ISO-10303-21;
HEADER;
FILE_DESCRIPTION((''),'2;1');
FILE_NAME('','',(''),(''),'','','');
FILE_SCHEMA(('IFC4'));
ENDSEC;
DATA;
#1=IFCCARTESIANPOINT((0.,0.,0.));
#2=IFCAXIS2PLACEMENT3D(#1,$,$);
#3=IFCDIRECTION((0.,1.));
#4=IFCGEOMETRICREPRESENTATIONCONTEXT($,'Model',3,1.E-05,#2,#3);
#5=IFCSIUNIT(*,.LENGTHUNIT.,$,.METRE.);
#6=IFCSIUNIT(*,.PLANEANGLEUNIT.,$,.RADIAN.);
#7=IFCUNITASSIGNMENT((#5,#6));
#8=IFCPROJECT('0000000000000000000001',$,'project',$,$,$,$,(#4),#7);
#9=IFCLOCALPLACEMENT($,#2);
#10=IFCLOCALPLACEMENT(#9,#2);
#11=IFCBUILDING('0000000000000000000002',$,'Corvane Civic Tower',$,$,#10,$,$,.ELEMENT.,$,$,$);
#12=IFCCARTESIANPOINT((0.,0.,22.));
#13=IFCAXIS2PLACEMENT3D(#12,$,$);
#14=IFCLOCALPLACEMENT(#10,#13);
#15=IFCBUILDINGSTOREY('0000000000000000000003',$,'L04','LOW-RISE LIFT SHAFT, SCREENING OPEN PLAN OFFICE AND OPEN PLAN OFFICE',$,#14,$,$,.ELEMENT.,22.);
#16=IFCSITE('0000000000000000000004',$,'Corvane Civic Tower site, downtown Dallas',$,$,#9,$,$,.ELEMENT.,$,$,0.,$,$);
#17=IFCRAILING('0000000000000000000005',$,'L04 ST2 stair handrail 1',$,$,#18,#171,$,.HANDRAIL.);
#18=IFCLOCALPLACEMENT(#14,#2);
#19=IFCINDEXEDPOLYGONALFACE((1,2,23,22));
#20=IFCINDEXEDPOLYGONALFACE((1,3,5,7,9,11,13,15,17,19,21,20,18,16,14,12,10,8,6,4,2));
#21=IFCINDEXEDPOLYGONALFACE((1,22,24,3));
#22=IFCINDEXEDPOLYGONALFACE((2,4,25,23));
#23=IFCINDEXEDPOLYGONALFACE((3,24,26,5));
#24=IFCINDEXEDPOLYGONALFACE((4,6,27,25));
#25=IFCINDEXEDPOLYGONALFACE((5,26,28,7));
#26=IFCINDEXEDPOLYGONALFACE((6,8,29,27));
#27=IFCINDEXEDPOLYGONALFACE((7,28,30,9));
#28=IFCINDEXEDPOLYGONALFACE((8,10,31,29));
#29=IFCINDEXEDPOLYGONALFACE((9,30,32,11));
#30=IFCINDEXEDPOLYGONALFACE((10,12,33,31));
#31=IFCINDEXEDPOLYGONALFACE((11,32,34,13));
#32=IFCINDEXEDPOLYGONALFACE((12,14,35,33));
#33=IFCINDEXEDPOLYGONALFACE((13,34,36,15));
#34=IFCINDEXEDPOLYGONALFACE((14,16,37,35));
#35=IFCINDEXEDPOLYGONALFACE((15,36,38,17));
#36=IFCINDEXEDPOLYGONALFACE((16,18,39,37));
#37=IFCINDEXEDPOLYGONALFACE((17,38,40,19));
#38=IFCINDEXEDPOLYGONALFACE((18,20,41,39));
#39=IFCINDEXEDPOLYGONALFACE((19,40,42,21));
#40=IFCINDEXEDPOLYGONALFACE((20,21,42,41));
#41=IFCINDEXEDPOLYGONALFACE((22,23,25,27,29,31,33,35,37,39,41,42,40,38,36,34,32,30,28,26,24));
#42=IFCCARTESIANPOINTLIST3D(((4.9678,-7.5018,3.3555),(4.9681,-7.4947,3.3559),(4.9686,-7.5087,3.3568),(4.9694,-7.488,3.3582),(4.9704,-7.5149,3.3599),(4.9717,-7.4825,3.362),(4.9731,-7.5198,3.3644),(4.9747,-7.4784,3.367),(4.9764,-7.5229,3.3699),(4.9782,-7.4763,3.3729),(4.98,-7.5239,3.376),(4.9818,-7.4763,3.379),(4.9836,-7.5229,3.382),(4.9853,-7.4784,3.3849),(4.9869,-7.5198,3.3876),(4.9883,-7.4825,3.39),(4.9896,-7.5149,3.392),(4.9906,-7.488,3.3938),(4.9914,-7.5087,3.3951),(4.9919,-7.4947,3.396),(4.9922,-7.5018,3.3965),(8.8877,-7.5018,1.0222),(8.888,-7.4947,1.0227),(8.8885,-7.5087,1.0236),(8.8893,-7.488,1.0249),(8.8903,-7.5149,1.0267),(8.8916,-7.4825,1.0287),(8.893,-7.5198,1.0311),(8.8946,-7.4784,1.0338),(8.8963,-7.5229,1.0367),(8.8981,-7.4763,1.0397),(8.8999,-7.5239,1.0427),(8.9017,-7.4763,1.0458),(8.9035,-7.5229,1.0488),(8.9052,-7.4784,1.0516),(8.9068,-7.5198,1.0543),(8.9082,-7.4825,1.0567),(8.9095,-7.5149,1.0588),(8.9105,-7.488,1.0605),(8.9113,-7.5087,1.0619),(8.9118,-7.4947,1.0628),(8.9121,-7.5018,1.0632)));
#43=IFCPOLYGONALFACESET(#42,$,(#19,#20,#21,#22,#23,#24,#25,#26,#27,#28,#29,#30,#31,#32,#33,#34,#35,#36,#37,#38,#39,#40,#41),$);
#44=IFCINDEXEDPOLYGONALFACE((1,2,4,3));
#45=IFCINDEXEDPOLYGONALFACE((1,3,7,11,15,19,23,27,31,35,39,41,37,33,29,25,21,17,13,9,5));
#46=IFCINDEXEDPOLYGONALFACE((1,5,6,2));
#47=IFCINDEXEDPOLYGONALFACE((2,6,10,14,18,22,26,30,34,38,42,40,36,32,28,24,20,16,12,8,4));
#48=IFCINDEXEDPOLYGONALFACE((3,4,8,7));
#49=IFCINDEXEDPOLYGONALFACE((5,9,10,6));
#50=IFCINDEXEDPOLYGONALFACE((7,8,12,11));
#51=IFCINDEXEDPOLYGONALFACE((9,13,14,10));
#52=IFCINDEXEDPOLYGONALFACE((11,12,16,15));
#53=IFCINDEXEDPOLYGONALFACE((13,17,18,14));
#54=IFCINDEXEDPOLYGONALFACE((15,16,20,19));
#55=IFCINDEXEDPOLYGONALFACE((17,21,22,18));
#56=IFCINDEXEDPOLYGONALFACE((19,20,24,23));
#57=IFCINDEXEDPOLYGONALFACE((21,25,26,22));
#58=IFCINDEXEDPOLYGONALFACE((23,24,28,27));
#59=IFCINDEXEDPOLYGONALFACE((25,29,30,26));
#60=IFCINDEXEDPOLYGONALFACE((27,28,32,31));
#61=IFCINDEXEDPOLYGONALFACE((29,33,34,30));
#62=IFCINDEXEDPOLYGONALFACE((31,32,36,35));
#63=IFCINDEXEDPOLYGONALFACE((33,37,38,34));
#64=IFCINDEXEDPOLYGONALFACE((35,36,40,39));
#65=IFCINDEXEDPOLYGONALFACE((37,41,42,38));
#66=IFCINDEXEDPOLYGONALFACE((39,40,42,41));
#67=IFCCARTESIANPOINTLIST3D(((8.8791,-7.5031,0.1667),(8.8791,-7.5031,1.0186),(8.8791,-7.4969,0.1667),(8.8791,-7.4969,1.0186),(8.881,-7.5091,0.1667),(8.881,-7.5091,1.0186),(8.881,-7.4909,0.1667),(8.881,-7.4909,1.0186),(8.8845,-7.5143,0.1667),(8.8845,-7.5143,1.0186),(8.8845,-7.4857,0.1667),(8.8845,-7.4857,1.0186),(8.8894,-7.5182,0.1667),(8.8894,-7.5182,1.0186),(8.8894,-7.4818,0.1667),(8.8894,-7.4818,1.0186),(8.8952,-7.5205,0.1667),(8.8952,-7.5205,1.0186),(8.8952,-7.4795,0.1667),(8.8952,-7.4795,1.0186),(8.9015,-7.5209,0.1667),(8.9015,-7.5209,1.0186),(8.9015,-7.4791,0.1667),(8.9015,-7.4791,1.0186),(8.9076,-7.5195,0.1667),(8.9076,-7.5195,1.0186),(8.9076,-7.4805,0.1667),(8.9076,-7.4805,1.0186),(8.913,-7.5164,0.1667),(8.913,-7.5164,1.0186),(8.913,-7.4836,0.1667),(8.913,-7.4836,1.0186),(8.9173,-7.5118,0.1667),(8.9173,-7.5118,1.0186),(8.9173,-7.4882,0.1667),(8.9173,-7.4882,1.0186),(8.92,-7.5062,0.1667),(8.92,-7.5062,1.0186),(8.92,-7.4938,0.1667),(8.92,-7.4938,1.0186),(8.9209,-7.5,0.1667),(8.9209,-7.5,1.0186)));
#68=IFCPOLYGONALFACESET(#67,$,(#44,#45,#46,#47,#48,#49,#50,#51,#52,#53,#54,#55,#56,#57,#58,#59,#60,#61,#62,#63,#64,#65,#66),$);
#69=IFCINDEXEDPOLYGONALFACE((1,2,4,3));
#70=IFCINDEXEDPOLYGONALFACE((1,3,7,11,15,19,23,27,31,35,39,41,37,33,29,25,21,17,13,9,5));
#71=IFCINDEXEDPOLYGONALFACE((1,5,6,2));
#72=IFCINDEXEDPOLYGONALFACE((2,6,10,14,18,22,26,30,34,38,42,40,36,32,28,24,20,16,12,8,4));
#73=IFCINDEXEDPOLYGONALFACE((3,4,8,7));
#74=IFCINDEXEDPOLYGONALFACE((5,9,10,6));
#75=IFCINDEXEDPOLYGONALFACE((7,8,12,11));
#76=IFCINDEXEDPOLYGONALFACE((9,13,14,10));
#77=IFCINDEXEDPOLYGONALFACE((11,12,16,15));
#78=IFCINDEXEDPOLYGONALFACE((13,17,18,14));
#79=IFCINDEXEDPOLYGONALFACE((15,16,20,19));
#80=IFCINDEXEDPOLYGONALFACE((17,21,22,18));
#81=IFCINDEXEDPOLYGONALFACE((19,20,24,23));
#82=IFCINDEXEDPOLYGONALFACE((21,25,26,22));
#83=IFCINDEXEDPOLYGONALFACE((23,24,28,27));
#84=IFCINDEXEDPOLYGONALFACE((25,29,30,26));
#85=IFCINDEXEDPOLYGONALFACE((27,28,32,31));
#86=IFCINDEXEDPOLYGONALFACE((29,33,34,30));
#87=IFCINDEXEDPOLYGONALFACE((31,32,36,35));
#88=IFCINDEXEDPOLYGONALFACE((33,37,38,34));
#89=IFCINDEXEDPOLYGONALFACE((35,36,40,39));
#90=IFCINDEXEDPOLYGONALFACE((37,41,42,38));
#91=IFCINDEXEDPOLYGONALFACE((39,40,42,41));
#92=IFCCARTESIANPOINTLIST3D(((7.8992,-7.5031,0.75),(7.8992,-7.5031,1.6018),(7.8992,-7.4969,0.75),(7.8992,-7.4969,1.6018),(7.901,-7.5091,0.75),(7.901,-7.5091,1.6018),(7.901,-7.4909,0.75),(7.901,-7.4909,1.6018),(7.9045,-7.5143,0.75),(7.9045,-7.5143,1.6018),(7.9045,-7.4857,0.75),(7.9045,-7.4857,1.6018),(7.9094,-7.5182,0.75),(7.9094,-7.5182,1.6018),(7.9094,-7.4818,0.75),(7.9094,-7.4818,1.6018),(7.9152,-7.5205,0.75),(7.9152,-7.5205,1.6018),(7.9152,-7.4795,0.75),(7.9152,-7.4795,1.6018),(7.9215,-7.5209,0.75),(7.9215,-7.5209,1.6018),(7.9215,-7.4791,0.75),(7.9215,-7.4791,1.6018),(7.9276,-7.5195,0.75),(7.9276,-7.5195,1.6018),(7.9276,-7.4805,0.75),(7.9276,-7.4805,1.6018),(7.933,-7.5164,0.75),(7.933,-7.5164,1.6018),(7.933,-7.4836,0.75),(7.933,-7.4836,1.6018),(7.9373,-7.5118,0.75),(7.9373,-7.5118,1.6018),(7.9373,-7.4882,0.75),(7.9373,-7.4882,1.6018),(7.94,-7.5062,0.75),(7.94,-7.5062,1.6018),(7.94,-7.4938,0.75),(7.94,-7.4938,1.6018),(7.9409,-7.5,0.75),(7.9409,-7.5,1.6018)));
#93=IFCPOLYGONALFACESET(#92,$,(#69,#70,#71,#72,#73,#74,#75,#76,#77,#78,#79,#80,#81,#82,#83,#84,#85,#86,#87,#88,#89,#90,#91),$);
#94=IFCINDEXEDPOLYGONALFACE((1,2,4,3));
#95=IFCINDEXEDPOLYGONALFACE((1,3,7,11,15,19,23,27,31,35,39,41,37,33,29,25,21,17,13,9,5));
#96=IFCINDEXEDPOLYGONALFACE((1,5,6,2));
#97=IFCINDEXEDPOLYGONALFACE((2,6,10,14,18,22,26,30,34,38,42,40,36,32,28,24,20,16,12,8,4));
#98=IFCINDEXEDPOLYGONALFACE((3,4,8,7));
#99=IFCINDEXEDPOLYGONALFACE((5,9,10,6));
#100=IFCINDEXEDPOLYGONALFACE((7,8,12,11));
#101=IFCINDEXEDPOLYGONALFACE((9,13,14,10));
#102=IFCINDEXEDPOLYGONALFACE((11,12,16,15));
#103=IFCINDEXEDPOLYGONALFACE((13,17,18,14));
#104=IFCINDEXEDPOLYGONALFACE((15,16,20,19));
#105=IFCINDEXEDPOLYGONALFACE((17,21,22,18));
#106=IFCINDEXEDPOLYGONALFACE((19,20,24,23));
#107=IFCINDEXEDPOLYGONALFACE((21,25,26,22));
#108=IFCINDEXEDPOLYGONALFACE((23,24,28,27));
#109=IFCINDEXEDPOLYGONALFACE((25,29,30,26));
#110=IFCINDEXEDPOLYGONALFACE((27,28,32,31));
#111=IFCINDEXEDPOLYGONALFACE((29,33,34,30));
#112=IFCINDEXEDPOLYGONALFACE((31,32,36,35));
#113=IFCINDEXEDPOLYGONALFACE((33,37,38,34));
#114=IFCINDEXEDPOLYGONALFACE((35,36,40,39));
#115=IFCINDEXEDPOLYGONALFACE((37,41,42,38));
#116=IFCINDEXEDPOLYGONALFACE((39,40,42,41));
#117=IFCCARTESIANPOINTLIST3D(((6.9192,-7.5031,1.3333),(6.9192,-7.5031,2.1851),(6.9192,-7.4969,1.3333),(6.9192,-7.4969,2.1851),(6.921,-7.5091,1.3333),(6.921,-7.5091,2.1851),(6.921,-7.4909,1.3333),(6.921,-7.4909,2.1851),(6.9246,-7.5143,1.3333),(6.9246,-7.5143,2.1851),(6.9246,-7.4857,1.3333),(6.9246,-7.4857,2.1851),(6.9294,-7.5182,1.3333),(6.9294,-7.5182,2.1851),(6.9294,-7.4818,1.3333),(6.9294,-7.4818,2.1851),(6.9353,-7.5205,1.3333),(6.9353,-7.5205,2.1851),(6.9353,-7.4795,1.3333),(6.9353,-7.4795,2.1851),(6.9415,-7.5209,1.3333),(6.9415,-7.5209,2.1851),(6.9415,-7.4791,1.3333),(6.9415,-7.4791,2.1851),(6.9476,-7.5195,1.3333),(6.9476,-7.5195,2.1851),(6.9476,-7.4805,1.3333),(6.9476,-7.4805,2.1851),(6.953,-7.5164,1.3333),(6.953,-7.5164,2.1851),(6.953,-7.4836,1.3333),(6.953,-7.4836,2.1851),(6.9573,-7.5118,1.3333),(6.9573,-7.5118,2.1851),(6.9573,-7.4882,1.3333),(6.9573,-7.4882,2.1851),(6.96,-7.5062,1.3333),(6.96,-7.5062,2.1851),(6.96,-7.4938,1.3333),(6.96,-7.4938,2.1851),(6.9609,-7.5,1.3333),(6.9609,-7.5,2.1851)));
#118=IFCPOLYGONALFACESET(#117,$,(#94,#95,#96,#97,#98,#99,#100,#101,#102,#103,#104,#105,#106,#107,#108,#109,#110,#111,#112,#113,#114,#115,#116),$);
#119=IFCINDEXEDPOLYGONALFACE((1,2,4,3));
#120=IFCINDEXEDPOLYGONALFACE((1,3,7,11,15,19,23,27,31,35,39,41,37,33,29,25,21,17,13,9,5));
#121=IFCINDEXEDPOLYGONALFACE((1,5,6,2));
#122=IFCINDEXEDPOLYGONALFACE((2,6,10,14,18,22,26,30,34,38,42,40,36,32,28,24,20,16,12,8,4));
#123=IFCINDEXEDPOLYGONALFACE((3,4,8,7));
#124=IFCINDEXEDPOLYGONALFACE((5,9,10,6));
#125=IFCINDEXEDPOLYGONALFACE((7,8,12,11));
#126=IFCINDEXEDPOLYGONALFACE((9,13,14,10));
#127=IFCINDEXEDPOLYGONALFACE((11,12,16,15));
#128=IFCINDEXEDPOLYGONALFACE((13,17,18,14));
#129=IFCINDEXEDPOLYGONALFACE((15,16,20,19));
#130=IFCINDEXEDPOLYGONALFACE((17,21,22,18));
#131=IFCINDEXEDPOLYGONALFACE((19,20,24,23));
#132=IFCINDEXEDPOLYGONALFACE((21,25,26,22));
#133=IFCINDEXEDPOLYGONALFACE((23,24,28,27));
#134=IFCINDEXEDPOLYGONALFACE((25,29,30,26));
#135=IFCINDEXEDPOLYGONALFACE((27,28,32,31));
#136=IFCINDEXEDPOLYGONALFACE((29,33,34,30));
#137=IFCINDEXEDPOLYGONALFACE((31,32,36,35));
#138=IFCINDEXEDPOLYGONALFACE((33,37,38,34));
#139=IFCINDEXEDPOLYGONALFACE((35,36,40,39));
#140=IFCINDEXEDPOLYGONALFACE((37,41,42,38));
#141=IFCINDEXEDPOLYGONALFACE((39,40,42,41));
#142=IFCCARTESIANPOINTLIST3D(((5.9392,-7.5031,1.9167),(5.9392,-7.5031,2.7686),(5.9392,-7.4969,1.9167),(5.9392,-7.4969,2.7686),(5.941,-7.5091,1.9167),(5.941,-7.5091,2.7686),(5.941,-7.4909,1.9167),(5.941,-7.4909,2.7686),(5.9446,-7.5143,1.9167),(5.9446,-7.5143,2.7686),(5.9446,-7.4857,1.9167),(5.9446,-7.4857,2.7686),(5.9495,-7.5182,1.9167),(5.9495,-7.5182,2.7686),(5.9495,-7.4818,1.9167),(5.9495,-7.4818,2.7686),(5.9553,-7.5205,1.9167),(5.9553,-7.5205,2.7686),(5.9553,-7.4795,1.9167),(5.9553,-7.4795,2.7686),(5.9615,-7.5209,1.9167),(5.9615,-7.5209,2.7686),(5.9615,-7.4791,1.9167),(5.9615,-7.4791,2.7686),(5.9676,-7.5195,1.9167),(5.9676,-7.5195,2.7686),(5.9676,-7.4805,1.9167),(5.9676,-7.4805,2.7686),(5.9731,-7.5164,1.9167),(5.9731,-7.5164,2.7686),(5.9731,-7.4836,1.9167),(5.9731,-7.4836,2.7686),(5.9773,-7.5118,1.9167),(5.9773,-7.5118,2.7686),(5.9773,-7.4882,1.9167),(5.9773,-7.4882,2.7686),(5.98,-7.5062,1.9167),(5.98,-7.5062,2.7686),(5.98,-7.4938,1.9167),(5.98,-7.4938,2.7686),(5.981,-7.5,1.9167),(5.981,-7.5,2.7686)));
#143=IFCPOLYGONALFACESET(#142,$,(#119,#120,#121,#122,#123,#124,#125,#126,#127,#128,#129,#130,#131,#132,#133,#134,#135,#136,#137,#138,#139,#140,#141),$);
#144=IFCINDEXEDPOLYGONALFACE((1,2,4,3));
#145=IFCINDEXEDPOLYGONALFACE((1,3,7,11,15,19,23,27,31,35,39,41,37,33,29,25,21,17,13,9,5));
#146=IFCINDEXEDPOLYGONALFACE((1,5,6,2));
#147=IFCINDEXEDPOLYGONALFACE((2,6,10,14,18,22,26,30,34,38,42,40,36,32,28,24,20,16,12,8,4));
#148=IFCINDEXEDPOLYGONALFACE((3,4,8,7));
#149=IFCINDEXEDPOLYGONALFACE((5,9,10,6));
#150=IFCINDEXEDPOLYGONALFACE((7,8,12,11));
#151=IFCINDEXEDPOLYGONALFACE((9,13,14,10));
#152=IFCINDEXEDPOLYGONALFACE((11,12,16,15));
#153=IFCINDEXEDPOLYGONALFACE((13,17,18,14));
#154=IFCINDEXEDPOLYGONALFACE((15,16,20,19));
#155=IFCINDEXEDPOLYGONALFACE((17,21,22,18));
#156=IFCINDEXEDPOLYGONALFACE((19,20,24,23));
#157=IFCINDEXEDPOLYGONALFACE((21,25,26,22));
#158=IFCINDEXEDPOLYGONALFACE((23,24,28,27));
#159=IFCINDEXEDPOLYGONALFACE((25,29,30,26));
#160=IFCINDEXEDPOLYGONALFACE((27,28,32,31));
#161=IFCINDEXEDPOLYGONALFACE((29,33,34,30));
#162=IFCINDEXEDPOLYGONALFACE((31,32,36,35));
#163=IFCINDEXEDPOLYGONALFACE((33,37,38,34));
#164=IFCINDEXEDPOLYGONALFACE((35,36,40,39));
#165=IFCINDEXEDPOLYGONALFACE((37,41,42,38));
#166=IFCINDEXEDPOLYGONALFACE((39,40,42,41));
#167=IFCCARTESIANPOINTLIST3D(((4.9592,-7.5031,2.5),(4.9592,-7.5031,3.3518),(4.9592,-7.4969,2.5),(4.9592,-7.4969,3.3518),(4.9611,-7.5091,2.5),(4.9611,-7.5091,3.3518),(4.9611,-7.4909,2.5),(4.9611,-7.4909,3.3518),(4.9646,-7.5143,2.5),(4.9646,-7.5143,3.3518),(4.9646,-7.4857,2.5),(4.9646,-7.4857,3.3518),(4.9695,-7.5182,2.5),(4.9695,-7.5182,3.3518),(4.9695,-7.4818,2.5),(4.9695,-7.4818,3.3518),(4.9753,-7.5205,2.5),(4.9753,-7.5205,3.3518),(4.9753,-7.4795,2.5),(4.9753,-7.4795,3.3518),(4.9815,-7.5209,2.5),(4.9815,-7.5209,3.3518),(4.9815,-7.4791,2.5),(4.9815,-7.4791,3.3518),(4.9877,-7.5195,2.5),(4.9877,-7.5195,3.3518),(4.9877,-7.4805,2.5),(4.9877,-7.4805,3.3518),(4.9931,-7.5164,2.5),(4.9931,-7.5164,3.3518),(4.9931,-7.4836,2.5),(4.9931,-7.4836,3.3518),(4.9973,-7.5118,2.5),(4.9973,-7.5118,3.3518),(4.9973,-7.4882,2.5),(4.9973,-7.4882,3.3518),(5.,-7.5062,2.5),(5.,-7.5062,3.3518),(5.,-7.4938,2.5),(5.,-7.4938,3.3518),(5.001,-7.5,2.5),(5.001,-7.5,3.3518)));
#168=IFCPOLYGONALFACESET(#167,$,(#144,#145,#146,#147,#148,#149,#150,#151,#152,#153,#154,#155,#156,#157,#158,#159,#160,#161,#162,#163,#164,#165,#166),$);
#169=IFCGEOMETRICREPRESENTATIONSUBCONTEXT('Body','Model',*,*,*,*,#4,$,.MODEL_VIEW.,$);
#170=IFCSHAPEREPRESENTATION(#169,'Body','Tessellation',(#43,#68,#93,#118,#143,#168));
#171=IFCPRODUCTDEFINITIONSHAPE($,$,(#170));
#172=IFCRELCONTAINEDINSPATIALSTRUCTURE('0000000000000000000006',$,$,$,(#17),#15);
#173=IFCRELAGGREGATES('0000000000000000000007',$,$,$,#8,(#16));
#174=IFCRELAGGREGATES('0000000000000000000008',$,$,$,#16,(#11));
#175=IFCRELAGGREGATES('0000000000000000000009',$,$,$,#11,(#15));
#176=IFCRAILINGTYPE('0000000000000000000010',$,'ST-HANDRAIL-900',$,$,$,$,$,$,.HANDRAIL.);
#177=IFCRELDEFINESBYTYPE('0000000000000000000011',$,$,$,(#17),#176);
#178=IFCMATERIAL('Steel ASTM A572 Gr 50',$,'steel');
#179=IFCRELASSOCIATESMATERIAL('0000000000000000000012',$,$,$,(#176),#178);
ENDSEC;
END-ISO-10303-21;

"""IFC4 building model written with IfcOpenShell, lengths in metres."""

from ifc_helpers import new_model, si_unit, direction, frame, origin, origin_2d, place, context, subcontext, project, spatial, circle, extrude, material, type_object, element, save


model = new_model("IFC4")

# Units and contexts
model_context = context("Model", 3, precision=1e-05, world=origin(), true_north=direction((0.0, 1.0)))
body_context = subcontext(model_context, "Body", "Model", "MODEL_VIEW")
ifc_project = project(units=[si_unit("LENGTHUNIT", "METRE"), si_unit("PLANEANGLEUNIT", "RADIAN")], contexts=[model_context])

# Site, building, storey
site_placement = place(None, origin())
site = spatial("IfcSite", under=ifc_project, at=site_placement, Name="Corvane Civic Tower site, downtown Dallas", CompositionType="ELEMENT", RefElevation=0.0)
building_placement = place(site_placement, origin())
building = spatial("IfcBuilding", under=site, at=building_placement, Name="Corvane Civic Tower", CompositionType="ELEMENT")
storey_placement = place(building_placement, frame((0.0, 0.0, 22.0)))
storey = spatial("IfcBuildingStorey", under=building, at=storey_placement, Name="L04", Description="LOW-RISE LIFT SHAFT, SCREENING OPEN PLAN OFFICE AND OPEN PLAN OFFICE", CompositionType="ELEMENT", Elevation=22.0)

# Railing
ifc_material_1 = material(Name="Steel ASTM A572 Gr 50", Category="steel")
railing_type_1 = type_object("IfcRailingType", Name="ST-HANDRAIL-900", PredefinedType="HANDRAIL", material=ifc_material_1)
railing_1_placement = place(storey_placement, frame((8.8999, -7.5, 0.1667)))
element("IfcRailing", 1, at=railing_1_placement, inside=storey, type_object=railing_type_1, Name="L04 ST2 stair handrail 1", PredefinedType="HANDRAIL", context=body_context, shape_type="SweptSolid", body=[
    extrude(circle(Radius=0.0239, at=origin_2d()), frame((0.0, 0.0, 0.876), z_axis=(-0.859296, 0.0, 0.511478), x_axis=(0.0, -1.0, 0.0)), (0.0, 0.0, 1.0), 4.5618),
    extrude(circle(Radius=0.021, at=origin_2d()), origin(), (0.0, 0.0, 1.0), 0.8518),
    extrude(circle(Radius=0.021, at=origin_2d()), frame((-0.98, 0.0, 0.5833)), (0.0, 0.0, 1.0), 0.8518),
    extrude(circle(Radius=0.021, at=origin_2d()), frame((-1.96, 0.0, 1.1665)), (0.0, 0.0, 1.0), 0.8518),
    extrude(circle(Radius=0.021, at=origin_2d()), frame((-2.9399, 0.0, 1.75)), (0.0, 0.0, 1.0), 0.8518),
    extrude(circle(Radius=0.021, at=origin_2d()), frame((-3.9199, 0.0, 2.3333)), (0.0, 0.0, 1.0), 0.8518),
])

save(model, "model.ifc")
